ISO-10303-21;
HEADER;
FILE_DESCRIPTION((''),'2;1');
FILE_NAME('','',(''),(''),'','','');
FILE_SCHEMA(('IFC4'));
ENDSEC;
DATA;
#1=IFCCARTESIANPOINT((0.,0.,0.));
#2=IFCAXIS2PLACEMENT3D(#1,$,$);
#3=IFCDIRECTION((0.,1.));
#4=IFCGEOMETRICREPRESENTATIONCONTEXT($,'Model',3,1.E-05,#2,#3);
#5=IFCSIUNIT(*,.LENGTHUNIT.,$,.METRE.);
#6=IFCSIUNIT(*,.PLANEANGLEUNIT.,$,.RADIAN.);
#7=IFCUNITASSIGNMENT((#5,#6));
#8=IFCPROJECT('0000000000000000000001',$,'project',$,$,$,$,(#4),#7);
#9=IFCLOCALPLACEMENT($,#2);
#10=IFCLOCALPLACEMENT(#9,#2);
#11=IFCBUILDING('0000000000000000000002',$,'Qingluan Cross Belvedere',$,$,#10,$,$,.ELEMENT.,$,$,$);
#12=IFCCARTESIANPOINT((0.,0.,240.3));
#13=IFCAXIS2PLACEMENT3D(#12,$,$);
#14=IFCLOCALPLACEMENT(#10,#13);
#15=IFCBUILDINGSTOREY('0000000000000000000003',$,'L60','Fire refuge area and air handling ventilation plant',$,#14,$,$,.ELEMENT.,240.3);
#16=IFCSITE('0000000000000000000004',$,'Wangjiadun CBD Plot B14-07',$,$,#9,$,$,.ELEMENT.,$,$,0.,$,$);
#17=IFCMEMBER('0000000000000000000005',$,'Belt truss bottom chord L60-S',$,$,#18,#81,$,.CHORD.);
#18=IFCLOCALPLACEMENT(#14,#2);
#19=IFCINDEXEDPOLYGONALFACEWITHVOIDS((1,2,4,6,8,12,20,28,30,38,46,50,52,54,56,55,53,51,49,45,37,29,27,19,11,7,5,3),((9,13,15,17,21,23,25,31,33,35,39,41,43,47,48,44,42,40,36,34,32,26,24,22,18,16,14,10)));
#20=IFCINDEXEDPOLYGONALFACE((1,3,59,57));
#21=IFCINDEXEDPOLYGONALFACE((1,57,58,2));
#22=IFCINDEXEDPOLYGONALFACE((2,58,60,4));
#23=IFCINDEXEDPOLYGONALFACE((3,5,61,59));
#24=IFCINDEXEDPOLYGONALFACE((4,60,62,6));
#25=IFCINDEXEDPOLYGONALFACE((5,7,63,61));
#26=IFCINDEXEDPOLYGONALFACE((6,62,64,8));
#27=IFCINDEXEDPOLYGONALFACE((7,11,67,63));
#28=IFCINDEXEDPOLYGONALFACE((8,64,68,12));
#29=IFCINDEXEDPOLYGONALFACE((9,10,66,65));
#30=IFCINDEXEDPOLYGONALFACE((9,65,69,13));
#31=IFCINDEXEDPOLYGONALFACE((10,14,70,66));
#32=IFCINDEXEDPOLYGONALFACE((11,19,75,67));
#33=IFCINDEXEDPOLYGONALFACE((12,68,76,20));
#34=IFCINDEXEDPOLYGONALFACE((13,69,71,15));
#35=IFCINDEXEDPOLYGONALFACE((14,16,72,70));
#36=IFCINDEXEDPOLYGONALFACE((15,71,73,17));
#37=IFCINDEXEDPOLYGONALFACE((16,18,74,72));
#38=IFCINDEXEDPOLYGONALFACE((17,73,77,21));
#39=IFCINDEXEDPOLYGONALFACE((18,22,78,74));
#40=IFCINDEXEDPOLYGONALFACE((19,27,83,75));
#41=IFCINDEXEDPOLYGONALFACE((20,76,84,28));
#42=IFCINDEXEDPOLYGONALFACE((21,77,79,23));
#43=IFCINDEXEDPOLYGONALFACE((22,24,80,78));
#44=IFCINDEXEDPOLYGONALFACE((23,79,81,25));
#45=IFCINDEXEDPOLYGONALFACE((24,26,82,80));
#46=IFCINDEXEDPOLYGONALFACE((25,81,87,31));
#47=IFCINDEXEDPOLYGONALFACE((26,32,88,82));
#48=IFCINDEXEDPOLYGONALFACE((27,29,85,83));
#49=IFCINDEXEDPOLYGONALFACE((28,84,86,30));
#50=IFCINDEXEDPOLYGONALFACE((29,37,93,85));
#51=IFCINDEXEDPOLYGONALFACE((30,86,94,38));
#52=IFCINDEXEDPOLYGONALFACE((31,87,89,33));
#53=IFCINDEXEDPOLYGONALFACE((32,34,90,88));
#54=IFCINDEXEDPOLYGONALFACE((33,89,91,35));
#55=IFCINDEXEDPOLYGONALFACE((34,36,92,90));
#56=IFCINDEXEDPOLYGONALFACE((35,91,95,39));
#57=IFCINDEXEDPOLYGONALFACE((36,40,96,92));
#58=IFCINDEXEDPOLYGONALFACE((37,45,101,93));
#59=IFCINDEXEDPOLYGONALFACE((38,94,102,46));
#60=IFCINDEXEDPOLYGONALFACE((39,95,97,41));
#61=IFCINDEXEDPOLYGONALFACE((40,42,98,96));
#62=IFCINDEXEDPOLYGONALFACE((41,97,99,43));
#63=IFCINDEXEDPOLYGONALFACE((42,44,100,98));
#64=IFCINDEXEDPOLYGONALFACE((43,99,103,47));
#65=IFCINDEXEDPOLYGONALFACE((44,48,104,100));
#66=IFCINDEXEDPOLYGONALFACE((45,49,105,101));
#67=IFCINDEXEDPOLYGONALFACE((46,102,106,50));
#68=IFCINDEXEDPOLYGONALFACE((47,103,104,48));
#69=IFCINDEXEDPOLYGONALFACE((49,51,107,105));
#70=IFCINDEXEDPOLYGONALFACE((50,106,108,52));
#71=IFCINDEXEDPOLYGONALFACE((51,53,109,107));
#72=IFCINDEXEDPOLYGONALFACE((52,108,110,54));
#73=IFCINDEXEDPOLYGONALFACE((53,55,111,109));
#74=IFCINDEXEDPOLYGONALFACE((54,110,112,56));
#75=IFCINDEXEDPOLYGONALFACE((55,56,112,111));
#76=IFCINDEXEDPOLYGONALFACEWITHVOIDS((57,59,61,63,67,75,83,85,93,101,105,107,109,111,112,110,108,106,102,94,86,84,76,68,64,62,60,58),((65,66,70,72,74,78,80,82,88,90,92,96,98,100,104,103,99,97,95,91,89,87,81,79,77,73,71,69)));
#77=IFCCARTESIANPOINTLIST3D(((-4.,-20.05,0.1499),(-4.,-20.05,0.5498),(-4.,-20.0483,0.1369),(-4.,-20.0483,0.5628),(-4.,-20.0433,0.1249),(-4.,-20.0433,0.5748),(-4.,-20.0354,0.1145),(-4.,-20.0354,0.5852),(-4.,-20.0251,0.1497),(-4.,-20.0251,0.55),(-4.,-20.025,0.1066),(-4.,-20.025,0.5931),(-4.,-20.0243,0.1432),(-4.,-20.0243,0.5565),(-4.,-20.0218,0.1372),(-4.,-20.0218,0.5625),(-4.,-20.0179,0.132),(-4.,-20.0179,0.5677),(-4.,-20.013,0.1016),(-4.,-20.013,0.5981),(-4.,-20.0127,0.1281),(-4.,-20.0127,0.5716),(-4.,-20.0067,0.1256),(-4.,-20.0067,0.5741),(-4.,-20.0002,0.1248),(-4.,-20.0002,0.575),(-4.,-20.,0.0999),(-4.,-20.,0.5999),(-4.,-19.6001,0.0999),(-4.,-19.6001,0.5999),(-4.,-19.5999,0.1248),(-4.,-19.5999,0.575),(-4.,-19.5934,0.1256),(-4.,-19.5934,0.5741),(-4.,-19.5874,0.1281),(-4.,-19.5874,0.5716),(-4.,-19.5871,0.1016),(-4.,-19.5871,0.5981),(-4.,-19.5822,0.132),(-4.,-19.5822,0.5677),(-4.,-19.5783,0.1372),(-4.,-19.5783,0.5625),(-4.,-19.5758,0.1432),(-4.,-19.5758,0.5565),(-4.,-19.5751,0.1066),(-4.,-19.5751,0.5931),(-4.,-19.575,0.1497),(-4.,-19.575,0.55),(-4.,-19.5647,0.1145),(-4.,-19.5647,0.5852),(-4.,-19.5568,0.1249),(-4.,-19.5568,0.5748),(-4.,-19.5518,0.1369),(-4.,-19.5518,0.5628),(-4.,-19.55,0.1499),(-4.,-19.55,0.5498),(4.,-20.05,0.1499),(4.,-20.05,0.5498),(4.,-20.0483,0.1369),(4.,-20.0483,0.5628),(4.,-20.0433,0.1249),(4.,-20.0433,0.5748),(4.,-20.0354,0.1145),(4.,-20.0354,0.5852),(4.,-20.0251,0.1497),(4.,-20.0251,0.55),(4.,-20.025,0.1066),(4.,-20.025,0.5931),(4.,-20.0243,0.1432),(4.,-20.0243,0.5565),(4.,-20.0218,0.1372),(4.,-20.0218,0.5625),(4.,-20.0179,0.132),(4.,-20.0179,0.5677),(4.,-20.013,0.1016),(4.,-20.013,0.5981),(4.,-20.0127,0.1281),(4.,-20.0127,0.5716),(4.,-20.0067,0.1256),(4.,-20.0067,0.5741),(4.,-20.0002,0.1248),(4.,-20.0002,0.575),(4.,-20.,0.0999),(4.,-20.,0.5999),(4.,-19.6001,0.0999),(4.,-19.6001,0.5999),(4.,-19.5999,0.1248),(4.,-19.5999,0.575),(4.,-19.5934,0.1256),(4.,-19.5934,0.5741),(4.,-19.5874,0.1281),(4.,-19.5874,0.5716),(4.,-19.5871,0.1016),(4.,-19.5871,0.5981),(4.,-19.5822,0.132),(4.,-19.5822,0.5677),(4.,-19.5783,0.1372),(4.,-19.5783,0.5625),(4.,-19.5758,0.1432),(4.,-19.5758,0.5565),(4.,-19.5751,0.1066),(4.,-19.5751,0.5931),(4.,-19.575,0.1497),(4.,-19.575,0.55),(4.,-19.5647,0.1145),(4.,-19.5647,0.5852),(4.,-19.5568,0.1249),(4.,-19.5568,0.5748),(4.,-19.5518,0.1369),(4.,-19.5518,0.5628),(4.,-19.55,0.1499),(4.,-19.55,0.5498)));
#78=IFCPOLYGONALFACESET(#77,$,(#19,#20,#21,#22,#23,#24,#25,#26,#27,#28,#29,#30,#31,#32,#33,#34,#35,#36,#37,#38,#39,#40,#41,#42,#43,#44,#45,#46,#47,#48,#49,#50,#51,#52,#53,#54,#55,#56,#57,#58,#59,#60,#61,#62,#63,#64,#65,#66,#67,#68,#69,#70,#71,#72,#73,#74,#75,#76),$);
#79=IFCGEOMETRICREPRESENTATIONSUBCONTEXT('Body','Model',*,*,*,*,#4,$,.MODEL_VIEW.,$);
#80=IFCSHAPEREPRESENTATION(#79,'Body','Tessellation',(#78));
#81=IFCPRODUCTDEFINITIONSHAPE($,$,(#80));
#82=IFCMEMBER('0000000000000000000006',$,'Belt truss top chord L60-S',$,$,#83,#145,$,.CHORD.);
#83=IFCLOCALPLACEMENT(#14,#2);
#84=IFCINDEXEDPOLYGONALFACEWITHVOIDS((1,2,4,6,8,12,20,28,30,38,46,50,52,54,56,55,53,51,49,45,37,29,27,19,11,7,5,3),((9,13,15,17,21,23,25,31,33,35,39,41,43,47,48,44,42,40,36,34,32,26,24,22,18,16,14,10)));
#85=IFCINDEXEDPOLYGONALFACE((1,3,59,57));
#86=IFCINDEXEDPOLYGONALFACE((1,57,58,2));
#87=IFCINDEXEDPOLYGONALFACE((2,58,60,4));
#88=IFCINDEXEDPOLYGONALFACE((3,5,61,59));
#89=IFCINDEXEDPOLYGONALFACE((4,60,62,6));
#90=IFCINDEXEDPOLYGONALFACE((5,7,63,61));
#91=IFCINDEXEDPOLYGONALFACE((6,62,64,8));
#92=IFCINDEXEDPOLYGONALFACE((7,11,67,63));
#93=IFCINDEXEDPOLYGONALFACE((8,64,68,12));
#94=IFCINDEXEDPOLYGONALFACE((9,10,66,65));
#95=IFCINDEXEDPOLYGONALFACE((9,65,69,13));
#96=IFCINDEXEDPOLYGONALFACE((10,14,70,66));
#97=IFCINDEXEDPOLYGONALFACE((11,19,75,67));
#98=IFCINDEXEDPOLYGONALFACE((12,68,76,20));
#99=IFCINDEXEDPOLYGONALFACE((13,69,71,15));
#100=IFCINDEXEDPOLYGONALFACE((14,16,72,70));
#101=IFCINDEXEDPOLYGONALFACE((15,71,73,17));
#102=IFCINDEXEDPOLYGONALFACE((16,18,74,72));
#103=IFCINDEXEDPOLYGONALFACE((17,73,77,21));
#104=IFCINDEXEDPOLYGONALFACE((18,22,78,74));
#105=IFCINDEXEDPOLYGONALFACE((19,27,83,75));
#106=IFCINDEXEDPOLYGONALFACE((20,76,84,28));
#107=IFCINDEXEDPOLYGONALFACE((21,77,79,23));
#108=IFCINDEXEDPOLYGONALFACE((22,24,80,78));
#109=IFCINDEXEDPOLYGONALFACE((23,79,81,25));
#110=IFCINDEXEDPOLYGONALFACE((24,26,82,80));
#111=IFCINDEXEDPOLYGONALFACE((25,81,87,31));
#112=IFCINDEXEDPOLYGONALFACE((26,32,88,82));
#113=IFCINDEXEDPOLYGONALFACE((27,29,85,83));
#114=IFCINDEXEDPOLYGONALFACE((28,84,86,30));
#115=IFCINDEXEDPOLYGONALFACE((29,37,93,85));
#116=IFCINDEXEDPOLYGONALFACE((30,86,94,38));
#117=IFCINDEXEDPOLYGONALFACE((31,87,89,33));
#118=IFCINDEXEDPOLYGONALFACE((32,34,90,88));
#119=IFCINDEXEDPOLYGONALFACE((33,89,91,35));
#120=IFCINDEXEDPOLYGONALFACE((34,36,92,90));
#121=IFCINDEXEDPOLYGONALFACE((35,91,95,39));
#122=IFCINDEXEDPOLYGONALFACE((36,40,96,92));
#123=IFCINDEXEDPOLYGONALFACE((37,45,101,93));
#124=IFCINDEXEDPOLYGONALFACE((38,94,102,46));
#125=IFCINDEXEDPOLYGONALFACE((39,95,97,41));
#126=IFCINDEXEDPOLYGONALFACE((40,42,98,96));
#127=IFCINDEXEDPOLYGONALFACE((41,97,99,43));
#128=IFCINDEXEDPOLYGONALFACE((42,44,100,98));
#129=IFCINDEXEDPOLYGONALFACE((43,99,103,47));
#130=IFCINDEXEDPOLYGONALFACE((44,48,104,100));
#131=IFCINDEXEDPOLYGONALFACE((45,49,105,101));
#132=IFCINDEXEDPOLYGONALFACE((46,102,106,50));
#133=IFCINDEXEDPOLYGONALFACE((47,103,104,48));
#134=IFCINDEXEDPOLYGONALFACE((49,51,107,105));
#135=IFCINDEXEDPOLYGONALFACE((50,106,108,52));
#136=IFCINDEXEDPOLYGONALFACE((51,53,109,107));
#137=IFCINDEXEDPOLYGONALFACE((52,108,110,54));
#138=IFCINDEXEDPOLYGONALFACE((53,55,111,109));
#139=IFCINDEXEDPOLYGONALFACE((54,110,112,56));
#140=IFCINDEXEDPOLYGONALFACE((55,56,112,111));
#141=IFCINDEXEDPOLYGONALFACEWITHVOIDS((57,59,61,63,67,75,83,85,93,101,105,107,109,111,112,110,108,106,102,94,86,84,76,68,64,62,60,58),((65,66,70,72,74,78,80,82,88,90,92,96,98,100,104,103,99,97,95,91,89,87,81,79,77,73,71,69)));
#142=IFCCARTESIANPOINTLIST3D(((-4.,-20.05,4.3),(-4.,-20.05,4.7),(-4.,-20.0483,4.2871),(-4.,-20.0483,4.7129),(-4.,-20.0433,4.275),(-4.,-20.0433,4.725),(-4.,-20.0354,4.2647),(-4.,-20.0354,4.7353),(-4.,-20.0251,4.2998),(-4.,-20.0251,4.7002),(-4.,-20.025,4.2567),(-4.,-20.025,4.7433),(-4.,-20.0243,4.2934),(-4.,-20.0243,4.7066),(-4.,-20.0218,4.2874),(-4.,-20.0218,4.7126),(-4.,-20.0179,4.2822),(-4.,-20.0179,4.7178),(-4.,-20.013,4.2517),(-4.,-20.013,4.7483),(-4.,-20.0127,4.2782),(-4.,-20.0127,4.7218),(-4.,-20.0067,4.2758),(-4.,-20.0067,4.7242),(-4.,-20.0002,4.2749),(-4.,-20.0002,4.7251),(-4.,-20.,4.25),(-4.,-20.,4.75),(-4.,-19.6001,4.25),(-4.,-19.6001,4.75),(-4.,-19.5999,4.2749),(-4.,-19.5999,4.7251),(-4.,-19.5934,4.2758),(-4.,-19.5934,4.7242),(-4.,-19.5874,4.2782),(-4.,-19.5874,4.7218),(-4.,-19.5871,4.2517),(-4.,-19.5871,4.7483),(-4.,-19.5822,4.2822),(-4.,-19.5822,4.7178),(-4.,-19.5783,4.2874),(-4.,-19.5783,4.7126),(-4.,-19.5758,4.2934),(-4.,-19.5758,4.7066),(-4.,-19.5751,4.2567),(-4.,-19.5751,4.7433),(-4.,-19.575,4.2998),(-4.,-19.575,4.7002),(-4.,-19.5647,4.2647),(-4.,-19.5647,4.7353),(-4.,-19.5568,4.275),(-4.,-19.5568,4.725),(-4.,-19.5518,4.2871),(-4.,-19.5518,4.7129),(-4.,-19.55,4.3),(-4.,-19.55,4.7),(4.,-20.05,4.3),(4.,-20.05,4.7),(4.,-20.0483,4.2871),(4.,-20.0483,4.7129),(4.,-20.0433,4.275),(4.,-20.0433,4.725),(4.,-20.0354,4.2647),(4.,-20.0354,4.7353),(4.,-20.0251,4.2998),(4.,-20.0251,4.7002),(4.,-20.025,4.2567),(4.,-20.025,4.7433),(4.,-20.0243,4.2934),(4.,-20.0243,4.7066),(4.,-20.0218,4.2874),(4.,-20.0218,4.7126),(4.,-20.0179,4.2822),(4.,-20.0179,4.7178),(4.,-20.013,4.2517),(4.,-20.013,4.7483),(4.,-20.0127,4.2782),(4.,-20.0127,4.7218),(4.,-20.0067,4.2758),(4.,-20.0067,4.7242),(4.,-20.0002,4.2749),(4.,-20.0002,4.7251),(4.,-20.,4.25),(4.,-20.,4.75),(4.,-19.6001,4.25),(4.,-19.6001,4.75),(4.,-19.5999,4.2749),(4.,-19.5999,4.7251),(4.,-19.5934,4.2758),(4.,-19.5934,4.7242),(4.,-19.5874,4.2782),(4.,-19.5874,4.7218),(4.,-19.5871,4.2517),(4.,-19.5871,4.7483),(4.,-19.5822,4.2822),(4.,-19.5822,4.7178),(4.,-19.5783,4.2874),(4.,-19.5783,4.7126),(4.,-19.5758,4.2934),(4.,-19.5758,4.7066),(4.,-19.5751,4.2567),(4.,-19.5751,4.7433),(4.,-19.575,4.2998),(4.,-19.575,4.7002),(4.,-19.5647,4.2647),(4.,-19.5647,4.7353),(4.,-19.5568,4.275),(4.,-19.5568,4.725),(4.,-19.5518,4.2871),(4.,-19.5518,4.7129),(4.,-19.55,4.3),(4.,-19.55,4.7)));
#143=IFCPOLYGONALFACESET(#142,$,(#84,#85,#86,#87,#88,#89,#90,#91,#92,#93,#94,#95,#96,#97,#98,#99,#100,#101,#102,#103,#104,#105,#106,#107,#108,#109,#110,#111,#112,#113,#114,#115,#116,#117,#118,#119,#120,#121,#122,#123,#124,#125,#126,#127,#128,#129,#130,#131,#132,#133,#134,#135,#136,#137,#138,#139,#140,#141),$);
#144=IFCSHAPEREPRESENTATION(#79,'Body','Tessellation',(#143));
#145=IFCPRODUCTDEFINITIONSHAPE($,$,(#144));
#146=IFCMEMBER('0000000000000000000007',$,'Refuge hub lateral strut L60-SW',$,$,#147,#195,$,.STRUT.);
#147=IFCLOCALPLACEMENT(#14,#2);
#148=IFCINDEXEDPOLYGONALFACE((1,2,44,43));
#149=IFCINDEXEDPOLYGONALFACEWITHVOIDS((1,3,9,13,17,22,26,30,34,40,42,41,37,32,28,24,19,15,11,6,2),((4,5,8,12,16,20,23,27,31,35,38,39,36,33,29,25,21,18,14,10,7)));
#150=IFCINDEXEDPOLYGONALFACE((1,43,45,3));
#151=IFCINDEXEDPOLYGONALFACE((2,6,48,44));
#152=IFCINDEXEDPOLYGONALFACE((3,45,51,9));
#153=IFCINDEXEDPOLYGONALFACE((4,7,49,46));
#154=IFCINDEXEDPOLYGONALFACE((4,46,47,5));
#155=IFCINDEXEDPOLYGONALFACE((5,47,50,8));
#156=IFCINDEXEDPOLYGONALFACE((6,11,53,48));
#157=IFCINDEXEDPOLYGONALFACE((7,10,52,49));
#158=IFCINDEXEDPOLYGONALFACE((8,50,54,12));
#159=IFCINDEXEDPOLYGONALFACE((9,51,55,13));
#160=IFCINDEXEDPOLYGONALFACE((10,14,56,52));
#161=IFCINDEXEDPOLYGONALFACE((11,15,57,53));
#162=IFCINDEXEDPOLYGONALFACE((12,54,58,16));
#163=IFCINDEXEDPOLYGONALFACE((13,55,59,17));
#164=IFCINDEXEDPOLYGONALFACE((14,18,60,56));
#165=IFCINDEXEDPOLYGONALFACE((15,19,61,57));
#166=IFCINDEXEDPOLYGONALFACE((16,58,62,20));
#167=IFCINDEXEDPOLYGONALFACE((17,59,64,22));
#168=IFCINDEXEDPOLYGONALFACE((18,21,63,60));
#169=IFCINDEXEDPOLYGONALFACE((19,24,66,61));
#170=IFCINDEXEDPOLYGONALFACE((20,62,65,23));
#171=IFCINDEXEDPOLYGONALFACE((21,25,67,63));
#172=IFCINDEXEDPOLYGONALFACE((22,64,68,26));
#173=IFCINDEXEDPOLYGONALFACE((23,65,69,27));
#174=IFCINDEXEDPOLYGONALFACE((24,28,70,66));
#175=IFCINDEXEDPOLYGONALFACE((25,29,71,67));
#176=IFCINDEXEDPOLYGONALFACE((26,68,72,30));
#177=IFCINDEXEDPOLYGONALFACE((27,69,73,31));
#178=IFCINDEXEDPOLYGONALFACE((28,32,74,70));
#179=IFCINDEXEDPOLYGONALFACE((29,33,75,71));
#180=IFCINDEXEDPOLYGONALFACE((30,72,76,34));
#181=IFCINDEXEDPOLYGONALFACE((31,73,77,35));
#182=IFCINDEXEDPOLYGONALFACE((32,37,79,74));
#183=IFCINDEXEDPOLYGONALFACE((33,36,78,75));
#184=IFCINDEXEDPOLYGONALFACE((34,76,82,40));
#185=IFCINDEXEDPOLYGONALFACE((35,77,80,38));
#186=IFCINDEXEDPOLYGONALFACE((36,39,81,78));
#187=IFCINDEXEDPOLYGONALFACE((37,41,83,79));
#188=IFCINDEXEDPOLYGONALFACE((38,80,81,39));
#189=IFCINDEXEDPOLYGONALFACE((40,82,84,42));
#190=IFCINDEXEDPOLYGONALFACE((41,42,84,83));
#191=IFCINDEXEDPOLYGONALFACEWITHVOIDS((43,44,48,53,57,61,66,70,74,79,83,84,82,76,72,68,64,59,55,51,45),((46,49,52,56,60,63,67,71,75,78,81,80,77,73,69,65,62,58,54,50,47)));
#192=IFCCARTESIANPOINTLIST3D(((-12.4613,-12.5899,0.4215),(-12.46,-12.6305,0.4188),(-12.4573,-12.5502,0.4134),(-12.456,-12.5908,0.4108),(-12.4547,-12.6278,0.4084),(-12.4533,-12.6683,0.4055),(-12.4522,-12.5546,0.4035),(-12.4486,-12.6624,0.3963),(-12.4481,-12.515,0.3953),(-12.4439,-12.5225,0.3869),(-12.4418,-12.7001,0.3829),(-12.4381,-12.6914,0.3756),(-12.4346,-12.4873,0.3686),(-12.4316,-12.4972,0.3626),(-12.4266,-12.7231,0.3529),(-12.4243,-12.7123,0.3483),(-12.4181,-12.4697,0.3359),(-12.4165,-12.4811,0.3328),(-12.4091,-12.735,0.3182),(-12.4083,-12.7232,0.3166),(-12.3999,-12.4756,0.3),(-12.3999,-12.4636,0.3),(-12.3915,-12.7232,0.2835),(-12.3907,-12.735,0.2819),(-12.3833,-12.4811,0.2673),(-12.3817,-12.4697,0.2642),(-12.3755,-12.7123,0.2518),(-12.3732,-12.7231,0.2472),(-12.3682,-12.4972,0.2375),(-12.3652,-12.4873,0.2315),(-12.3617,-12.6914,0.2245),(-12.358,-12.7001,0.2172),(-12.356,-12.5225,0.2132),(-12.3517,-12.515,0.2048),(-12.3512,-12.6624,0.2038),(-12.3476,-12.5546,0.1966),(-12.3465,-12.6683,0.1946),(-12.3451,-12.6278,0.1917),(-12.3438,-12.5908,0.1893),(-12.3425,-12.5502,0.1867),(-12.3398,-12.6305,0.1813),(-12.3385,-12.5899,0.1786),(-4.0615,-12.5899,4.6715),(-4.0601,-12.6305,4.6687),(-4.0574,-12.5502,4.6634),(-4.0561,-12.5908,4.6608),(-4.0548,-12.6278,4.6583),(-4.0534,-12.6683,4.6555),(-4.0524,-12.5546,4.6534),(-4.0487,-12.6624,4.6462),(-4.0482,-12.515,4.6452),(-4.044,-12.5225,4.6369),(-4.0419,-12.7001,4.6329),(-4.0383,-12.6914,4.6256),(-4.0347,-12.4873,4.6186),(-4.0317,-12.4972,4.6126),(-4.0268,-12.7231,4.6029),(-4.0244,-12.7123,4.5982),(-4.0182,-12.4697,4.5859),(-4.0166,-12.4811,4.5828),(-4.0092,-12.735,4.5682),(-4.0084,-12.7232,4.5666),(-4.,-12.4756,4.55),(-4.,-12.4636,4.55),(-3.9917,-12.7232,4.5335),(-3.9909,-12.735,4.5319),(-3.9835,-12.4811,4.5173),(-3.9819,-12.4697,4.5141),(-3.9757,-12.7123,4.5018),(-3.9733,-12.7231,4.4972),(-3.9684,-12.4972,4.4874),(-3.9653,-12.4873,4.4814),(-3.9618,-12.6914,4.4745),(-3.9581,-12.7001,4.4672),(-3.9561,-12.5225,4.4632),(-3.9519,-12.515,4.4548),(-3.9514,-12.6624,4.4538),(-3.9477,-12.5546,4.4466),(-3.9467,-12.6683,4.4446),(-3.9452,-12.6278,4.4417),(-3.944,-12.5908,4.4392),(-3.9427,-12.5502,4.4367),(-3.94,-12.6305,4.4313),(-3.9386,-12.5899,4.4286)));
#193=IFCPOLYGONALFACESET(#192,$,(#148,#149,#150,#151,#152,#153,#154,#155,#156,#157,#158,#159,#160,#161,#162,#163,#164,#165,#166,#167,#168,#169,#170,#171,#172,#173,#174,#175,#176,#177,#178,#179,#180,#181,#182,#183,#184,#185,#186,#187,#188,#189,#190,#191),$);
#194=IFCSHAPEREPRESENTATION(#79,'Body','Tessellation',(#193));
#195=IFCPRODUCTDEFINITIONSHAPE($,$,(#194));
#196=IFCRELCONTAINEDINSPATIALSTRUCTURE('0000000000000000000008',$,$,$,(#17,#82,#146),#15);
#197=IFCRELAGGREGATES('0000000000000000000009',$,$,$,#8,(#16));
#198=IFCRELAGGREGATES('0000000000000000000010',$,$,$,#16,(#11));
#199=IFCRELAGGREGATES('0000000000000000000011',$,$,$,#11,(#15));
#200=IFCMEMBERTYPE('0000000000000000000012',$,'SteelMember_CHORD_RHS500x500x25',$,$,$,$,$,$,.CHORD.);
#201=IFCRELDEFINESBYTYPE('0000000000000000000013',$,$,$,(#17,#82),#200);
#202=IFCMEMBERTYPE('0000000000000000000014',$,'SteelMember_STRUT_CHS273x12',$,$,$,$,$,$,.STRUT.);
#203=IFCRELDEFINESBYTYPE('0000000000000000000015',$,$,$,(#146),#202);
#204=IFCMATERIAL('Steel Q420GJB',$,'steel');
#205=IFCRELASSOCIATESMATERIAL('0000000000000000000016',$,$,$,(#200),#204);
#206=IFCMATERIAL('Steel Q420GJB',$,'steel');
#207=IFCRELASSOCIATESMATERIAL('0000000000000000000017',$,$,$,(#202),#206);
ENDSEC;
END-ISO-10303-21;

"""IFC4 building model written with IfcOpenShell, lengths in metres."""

from ifc_helpers import new_model, si_unit, direction, frame, origin, origin_2d, place, context, subcontext, project, spatial, hollow_rectangle, hollow_circle, extrude, material, material_profile, profile_set, type_object, element, save


model = new_model("IFC4")

# Units and contexts
model_context = context("Model", 3, precision=1e-05, world=origin(), true_north=direction((0.0, 1.0)))
body_context = subcontext(model_context, "Body", "Model", "MODEL_VIEW")
ifc_project = project(units=[si_unit("LENGTHUNIT", "METRE"), si_unit("PLANEANGLEUNIT", "RADIAN")], contexts=[model_context])

# Site, building, storey
site_placement = place(None, origin())
site = spatial("IfcSite", under=ifc_project, at=site_placement, Name="Wangjiadun CBD Plot B14-07", CompositionType="ELEMENT", RefElevation=0.0)
building_placement = place(site_placement, origin())
building = spatial("IfcBuilding", under=site, at=building_placement, Name="Qingluan Cross Belvedere", CompositionType="ELEMENT")
storey_placement = place(building_placement, frame((0.0, 0.0, 240.3)))
storey = spatial("IfcBuildingStorey", under=building, at=storey_placement, Name="L60", Description="Fire refuge area and air handling ventilation plant", CompositionType="ELEMENT", Elevation=240.3)

# Members
ifc_material_1 = material(Name="Steel Q420GJB", Category="steel")
ifc_material_profile_1 = material_profile(ifc_material_1, hollow_rectangle(XDim=0.5, YDim=0.5, WallThickness=0.0249, InnerFilletRadius=0.0249, OuterFilletRadius=0.05, at=origin_2d()), Name="RHS500x500x25")
ifc_profile_set_1 = profile_set([ifc_material_profile_1], Name="Steel Q420GJB")
member_type_1 = type_object("IfcMemberType", Name="SteelMember_CHORD_RHS500x500x25", PredefinedType="CHORD", material=ifc_profile_set_1)
for number, where, z_axis, x_axis, name in (
    (1, (-4.0, -19.8, 0.3499), (1.0, 0.0, 0.0), (0.0, 1.0, 0.0), "Belt truss bottom chord L60-S"),
    (2, (-4.0, -19.8, 4.5), (1.0, 0.0, 0.0), (0.0, 1.0, 0.0), "Belt truss top chord L60-S"),
):
    element("IfcMember", number, at=place(storey_placement, frame(where, z_axis=z_axis, x_axis=x_axis)), inside=storey, type_object=member_type_1, Name=name, PredefinedType="CHORD", context=body_context, shape_type="SweptSolid", body=[
        extrude(hollow_rectangle(XDim=0.5, YDim=0.5, WallThickness=0.0249, InnerFilletRadius=0.0249, OuterFilletRadius=0.05, at=origin_2d()), origin(), (0.0, 0.0, 1.0), 8.0),
    ])
ifc_material_2 = material(Name="Steel Q420GJB", Category="steel")
ifc_material_profile_2 = material_profile(ifc_material_2, hollow_circle(Radius=0.1365, WallThickness=0.012, at=origin_2d()), Name="CHS273x12")
ifc_profile_set_2 = profile_set([ifc_material_profile_2], Name="Steel Q420GJB")
member_type_2 = type_object("IfcMemberType", Name="SteelMember_STRUT_CHS273x12", PredefinedType="STRUT", material=ifc_profile_set_2)
member_1_placement = place(storey_placement, frame((-12.3999, -12.6001, 0.3), z_axis=(0.89229, 0.0, 0.451462), x_axis=(0.0, 1.0, 0.0)))
element("IfcMember", 3, at=member_1_placement, inside=storey, type_object=member_type_2, Name="Refuge hub lateral strut L60-SW", PredefinedType="STRUT", context=body_context, shape_type="SweptSolid", body=[
    extrude(hollow_circle(Radius=0.1365, WallThickness=0.012, at=origin_2d()), origin(), (0.0, 0.0, 1.0), 9.4138),
])

save(model, "model.ifc")
